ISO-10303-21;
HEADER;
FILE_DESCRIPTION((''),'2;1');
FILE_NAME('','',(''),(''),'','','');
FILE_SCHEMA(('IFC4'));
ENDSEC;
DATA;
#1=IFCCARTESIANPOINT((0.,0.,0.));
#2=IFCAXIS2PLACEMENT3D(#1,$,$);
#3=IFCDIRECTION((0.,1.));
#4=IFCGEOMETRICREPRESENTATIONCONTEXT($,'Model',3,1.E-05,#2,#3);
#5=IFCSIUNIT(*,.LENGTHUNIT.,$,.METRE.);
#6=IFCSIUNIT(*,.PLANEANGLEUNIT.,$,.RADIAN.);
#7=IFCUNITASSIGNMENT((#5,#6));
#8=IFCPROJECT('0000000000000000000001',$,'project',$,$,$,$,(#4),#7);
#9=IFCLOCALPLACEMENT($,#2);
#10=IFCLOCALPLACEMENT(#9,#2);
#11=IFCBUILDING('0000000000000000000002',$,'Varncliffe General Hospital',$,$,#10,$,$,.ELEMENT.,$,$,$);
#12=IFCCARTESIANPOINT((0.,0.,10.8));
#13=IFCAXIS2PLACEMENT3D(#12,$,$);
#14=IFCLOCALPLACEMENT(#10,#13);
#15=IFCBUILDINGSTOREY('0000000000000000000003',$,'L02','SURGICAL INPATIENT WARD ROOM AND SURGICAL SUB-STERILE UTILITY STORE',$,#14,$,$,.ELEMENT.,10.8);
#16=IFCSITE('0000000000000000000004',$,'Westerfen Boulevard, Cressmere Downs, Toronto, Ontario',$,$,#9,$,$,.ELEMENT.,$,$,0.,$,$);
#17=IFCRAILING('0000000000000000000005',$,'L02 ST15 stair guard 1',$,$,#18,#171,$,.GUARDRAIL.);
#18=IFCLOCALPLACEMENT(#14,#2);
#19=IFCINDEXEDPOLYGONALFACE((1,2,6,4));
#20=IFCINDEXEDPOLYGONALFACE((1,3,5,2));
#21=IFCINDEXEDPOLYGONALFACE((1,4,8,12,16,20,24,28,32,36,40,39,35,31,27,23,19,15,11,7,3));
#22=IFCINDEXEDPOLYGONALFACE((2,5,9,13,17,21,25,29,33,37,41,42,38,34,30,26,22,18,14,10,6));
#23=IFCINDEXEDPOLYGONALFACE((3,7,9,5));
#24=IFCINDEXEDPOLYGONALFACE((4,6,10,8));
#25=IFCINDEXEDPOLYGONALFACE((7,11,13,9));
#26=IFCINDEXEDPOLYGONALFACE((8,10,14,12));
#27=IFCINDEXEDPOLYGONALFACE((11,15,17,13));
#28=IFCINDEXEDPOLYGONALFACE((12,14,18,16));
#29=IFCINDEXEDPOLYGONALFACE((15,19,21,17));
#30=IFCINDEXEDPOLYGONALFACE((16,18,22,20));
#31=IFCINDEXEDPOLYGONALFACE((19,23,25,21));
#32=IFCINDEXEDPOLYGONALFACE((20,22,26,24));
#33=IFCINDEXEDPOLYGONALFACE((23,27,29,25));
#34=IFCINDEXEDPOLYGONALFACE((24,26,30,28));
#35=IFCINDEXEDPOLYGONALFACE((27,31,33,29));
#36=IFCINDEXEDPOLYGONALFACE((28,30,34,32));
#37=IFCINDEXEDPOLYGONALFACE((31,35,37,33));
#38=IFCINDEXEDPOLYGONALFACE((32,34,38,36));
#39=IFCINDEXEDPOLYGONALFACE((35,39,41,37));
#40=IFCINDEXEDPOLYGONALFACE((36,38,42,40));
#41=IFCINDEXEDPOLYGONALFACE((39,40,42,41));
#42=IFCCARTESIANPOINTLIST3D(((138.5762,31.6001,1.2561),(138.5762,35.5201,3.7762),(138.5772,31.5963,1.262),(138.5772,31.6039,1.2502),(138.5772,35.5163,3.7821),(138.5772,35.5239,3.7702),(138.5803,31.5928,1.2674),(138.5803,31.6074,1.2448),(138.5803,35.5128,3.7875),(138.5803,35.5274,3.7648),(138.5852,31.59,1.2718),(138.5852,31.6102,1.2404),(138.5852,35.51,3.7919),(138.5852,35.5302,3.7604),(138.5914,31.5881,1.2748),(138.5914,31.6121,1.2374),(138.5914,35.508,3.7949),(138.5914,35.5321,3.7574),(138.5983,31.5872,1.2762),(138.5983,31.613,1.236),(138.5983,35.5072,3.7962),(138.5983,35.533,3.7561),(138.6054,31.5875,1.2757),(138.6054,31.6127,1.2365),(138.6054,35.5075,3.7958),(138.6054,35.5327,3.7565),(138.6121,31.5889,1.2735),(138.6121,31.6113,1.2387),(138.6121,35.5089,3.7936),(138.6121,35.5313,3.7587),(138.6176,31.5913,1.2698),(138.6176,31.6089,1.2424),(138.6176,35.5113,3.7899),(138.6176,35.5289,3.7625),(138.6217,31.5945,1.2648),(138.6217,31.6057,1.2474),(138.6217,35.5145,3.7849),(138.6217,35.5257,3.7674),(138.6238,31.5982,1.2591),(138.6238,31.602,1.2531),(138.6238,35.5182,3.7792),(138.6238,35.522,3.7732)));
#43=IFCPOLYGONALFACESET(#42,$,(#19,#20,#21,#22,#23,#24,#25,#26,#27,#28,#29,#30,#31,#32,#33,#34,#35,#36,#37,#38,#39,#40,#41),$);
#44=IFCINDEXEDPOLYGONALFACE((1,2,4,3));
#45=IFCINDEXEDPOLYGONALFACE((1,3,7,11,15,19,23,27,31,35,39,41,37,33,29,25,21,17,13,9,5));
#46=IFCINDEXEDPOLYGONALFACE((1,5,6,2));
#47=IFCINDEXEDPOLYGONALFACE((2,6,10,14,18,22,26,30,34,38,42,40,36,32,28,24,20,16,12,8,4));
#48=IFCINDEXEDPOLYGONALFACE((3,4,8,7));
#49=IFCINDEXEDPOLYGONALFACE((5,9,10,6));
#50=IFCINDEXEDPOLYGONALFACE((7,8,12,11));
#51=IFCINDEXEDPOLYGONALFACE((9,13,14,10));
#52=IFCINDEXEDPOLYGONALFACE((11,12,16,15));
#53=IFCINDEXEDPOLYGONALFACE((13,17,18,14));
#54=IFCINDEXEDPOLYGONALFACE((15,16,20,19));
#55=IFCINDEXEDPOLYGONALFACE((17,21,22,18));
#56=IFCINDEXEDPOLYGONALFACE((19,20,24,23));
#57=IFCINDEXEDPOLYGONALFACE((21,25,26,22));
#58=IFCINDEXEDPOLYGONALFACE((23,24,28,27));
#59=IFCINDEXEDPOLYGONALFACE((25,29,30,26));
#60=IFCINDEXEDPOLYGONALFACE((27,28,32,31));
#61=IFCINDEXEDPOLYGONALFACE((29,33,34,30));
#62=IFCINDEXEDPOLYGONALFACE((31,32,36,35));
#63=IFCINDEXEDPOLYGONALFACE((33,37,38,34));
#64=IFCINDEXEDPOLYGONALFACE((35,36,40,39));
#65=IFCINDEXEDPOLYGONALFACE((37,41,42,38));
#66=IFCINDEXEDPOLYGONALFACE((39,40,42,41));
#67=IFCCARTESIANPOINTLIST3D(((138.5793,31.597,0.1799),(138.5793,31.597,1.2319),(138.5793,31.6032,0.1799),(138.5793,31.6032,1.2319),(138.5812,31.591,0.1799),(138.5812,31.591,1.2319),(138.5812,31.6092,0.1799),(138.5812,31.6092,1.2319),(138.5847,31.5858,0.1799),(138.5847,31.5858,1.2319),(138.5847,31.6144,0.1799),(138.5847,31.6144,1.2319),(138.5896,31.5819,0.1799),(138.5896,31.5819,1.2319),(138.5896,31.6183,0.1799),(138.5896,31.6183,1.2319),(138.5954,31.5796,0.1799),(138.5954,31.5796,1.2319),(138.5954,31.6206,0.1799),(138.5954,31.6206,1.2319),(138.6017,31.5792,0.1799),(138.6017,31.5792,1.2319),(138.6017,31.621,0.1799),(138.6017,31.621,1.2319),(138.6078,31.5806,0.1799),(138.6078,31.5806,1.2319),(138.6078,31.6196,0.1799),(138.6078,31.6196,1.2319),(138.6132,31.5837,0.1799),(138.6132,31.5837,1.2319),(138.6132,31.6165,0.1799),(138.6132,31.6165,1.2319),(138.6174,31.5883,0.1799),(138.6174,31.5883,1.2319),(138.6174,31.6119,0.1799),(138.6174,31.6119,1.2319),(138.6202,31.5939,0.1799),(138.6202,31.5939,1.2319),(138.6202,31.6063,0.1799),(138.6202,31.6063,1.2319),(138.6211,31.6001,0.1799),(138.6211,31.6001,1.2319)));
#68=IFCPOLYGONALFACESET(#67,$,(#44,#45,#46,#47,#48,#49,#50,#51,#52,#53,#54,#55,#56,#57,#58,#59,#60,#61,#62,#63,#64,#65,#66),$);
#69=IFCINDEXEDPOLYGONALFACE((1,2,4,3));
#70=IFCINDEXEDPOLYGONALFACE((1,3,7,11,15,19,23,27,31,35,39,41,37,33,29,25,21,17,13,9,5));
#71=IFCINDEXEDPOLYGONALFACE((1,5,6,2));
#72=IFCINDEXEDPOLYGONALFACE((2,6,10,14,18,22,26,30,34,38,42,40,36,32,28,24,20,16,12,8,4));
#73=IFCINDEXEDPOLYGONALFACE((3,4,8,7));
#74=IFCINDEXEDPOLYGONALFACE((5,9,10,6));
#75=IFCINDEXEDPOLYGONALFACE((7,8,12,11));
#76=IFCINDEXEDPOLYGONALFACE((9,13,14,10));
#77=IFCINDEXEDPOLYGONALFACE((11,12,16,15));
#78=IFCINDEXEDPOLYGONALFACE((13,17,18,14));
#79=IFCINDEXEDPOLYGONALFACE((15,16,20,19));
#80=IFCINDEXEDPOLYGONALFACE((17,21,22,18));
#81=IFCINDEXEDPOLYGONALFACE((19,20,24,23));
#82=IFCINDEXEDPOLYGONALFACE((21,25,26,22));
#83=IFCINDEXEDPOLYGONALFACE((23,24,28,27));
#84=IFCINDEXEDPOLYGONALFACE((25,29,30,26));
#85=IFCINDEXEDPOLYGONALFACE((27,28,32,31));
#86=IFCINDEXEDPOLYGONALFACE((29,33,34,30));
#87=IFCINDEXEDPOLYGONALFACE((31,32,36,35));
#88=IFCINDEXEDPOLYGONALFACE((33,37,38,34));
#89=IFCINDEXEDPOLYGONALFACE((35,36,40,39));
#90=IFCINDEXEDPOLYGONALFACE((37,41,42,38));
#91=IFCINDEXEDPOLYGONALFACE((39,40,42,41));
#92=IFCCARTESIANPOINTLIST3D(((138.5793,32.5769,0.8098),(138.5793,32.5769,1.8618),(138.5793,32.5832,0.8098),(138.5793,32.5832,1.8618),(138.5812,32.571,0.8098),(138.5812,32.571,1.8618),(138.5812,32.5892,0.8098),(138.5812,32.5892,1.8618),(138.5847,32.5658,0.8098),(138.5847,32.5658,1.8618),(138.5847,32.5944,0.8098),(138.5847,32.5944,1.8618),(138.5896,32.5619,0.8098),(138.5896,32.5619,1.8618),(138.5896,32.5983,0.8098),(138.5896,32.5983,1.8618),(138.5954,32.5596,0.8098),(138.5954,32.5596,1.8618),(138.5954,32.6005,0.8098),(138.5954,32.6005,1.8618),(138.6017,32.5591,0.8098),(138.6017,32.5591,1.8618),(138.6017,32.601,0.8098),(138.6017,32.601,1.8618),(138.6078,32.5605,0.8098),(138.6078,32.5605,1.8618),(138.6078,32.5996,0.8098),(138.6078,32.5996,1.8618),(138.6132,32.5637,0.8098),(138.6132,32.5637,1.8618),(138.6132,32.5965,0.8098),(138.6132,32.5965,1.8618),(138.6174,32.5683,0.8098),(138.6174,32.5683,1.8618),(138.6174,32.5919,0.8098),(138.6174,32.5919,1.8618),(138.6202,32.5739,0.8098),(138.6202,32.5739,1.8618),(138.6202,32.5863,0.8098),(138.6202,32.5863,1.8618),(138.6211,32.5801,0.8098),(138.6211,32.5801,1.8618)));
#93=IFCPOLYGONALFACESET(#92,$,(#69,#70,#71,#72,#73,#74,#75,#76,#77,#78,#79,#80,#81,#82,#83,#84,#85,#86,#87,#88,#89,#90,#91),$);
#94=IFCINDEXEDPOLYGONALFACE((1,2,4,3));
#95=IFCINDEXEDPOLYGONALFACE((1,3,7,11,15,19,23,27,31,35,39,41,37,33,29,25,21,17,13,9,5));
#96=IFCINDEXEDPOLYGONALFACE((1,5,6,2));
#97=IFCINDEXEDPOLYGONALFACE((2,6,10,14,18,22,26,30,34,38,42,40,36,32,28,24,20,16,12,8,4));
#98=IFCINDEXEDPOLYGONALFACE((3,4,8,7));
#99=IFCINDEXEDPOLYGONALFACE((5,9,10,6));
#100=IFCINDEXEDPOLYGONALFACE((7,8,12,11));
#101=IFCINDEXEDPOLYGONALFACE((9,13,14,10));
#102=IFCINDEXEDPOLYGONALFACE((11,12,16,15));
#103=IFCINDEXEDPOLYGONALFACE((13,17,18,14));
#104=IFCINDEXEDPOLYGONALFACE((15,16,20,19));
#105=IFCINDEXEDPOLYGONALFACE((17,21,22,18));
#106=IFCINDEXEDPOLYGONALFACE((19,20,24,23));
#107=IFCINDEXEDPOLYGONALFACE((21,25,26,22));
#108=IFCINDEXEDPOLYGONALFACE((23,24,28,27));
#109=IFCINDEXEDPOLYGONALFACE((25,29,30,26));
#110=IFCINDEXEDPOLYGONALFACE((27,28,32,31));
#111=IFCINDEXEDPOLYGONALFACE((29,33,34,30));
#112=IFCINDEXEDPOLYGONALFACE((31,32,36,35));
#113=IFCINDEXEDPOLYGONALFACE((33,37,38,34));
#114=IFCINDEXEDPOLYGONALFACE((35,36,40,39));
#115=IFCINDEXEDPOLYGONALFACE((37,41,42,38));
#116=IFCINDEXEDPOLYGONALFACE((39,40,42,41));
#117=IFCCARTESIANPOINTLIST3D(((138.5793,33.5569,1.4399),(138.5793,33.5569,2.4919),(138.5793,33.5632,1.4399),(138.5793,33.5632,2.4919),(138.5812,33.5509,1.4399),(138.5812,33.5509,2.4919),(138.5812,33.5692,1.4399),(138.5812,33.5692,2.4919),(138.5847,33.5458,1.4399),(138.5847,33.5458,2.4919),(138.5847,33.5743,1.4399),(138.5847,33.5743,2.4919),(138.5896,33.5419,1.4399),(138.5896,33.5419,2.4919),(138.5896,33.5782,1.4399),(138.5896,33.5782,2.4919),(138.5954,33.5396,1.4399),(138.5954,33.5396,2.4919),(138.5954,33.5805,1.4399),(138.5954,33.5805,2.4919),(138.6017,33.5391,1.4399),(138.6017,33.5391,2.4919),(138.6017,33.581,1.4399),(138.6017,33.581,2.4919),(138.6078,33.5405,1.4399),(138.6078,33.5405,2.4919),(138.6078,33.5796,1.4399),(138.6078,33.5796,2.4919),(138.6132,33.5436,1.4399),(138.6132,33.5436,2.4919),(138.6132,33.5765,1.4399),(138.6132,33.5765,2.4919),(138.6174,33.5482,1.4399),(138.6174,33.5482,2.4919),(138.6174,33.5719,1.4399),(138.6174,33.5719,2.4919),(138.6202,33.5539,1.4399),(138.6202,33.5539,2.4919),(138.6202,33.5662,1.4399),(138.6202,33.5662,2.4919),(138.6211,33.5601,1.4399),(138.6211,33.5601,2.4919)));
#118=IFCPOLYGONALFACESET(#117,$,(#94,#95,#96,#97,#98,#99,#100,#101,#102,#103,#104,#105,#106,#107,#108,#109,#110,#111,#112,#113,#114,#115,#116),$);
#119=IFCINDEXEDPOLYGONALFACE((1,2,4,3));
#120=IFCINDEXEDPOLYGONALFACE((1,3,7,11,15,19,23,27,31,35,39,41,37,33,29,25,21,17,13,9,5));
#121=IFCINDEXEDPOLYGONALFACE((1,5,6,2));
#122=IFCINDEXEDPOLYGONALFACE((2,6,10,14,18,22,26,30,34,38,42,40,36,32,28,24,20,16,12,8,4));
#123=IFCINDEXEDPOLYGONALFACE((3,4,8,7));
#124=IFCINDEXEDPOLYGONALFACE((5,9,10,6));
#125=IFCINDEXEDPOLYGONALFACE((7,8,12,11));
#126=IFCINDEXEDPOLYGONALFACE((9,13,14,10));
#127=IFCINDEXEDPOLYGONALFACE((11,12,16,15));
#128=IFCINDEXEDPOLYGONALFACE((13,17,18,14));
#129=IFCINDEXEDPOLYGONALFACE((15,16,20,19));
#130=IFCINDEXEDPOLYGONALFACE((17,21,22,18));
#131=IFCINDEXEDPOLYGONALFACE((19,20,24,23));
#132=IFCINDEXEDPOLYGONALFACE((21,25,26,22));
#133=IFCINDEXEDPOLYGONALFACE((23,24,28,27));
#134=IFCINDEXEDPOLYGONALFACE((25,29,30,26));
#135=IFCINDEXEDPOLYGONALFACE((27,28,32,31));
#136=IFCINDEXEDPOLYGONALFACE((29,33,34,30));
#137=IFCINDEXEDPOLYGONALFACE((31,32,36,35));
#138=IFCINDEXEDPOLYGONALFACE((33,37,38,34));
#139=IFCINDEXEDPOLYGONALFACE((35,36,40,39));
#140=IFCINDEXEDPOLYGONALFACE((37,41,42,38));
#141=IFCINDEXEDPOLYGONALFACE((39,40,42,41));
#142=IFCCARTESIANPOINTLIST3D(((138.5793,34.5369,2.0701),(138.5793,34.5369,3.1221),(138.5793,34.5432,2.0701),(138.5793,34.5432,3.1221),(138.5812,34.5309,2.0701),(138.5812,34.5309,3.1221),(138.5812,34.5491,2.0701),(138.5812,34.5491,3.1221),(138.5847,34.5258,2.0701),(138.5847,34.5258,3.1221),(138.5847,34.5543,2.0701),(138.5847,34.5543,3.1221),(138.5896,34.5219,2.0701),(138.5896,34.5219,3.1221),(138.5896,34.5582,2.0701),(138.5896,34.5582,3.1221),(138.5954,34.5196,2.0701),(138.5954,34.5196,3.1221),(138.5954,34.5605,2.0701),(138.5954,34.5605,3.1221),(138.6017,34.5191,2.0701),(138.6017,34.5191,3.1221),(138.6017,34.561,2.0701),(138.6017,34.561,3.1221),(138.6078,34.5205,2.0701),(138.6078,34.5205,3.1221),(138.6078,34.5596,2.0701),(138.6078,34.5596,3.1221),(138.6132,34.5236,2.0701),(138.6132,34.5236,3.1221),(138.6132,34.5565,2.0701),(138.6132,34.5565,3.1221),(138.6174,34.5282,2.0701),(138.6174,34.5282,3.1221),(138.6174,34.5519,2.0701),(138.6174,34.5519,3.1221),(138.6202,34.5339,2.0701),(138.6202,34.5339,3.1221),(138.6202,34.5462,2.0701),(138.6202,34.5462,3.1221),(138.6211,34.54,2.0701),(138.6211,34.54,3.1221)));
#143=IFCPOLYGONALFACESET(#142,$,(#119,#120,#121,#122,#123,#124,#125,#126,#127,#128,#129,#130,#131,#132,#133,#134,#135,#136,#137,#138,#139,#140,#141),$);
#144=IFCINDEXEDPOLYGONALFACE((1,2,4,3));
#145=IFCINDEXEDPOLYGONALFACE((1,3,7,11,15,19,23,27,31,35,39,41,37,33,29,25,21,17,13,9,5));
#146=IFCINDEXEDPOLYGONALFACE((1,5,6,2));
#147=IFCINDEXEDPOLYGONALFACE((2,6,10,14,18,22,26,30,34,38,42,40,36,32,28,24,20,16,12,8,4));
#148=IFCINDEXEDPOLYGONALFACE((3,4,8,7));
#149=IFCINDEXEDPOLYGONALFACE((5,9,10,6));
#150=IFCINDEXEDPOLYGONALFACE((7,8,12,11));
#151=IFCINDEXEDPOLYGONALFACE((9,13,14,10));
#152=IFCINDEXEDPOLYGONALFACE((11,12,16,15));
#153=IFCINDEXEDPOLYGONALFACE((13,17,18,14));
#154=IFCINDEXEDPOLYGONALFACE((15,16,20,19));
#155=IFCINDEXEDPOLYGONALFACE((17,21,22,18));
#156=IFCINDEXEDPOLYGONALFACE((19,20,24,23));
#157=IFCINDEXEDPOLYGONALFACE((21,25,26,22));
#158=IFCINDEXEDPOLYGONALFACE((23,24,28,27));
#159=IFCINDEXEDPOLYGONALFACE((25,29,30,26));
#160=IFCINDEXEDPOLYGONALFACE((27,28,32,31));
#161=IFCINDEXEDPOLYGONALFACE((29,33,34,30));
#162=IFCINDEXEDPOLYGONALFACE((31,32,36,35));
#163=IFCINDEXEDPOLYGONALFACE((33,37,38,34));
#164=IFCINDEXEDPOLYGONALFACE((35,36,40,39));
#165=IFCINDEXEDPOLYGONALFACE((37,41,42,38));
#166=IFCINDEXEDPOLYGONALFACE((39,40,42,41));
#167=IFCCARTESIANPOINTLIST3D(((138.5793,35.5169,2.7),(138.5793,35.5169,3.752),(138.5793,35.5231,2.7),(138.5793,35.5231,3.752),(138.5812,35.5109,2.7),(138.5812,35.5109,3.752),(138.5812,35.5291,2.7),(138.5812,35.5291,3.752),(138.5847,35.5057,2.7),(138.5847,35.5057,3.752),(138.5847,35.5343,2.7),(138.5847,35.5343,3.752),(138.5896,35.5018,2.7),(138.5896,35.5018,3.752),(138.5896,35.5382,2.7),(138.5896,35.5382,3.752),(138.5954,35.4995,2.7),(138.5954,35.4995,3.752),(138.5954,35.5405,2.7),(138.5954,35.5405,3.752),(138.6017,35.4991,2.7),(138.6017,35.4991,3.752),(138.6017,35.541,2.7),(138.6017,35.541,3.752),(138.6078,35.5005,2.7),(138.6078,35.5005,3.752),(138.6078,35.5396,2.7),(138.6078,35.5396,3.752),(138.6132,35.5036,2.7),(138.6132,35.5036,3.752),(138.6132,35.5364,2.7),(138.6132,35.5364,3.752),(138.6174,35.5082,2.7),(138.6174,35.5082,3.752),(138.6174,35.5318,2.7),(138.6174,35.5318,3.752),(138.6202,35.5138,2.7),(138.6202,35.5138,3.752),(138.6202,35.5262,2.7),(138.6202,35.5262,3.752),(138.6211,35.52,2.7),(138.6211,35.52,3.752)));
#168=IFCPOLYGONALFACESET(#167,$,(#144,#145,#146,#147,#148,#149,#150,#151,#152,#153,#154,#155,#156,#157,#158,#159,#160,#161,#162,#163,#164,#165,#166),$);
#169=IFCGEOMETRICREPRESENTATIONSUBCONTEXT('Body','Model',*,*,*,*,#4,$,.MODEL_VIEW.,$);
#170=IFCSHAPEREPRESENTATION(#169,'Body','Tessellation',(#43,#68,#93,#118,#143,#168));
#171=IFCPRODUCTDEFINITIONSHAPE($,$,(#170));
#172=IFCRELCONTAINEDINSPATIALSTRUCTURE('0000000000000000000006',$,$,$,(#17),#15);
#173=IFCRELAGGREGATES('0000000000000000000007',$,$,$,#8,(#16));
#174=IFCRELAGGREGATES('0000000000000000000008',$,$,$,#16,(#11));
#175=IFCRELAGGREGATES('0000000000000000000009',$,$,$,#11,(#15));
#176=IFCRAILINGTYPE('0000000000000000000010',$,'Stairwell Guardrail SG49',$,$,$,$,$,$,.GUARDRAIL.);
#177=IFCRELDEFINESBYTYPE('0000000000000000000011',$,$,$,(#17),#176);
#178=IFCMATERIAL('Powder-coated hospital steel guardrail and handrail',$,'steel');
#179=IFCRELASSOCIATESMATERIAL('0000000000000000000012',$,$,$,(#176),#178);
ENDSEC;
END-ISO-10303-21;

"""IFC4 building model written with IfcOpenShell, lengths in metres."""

from ifc_helpers import new_model, si_unit, direction, frame, origin, origin_2d, place, context, subcontext, project, spatial, circle, extrude, material, type_object, element, save


model = new_model("IFC4")

# Units and contexts
model_context = context("Model", 3, precision=1e-05, world=origin(), true_north=direction((0.0, 1.0)))
body_context = subcontext(model_context, "Body", "Model", "MODEL_VIEW")
ifc_project = project(units=[si_unit("LENGTHUNIT", "METRE"), si_unit("PLANEANGLEUNIT", "RADIAN")], contexts=[model_context])

# Site, building, storey
site_placement = place(None, origin())
site = spatial("IfcSite", under=ifc_project, at=site_placement, Name="Westerfen Boulevard, Cressmere Downs, Toronto, Ontario", CompositionType="ELEMENT", RefElevation=0.0)
building_placement = place(site_placement, origin())
building = spatial("IfcBuilding", under=site, at=building_placement, Name="Varncliffe General Hospital", CompositionType="ELEMENT")
storey_placement = place(building_placement, frame((0.0, 0.0, 10.8)))
storey = spatial("IfcBuildingStorey", under=building, at=storey_placement, Name="L02", Description="SURGICAL INPATIENT WARD ROOM AND SURGICAL SUB-STERILE UTILITY STORE", CompositionType="ELEMENT", Elevation=10.8)

# Railing
ifc_material_1 = material(Name="Powder-coated hospital steel guardrail and handrail", Category="steel")
railing_type_1 = type_object("IfcRailingType", Name="Stairwell Guardrail SG49", PredefinedType="GUARDRAIL", material=ifc_material_1)
railing_1_placement = place(storey_placement, frame((138.6001, 31.6001, 0.1799)))
element("IfcRailing", 1, at=railing_1_placement, inside=storey, type_object=railing_type_1, Name="L02 ST15 stair guard 1", PredefinedType="GUARDRAIL", context=body_context, shape_type="SweptSolid", body=[
    extrude(circle(Radius=0.0239, at=origin_2d()), frame((0.0, 0.0, 1.0762), z_axis=(0.0, 0.841172, 0.540768), x_axis=(-1.0, 0.0, 0.0)), (0.0, 0.0, 1.0), 4.6602),
    extrude(circle(Radius=0.021, at=origin_2d()), origin(), (0.0, 0.0, 1.0), 1.052),
    extrude(circle(Radius=0.021, at=origin_2d()), frame((0.0, 0.98, 0.6299)), (0.0, 0.0, 1.0), 1.052),
    extrude(circle(Radius=0.021, at=origin_2d()), frame((0.0, 1.96, 1.26)), (0.0, 0.0, 1.0), 1.052),
    extrude(circle(Radius=0.021, at=origin_2d()), frame((0.0, 2.9399, 1.8901)), (0.0, 0.0, 1.0), 1.052),
    extrude(circle(Radius=0.021, at=origin_2d()), frame((0.0, 3.9199, 2.52)), (0.0, 0.0, 1.0), 1.052),
])

save(model, "model.ifc")
